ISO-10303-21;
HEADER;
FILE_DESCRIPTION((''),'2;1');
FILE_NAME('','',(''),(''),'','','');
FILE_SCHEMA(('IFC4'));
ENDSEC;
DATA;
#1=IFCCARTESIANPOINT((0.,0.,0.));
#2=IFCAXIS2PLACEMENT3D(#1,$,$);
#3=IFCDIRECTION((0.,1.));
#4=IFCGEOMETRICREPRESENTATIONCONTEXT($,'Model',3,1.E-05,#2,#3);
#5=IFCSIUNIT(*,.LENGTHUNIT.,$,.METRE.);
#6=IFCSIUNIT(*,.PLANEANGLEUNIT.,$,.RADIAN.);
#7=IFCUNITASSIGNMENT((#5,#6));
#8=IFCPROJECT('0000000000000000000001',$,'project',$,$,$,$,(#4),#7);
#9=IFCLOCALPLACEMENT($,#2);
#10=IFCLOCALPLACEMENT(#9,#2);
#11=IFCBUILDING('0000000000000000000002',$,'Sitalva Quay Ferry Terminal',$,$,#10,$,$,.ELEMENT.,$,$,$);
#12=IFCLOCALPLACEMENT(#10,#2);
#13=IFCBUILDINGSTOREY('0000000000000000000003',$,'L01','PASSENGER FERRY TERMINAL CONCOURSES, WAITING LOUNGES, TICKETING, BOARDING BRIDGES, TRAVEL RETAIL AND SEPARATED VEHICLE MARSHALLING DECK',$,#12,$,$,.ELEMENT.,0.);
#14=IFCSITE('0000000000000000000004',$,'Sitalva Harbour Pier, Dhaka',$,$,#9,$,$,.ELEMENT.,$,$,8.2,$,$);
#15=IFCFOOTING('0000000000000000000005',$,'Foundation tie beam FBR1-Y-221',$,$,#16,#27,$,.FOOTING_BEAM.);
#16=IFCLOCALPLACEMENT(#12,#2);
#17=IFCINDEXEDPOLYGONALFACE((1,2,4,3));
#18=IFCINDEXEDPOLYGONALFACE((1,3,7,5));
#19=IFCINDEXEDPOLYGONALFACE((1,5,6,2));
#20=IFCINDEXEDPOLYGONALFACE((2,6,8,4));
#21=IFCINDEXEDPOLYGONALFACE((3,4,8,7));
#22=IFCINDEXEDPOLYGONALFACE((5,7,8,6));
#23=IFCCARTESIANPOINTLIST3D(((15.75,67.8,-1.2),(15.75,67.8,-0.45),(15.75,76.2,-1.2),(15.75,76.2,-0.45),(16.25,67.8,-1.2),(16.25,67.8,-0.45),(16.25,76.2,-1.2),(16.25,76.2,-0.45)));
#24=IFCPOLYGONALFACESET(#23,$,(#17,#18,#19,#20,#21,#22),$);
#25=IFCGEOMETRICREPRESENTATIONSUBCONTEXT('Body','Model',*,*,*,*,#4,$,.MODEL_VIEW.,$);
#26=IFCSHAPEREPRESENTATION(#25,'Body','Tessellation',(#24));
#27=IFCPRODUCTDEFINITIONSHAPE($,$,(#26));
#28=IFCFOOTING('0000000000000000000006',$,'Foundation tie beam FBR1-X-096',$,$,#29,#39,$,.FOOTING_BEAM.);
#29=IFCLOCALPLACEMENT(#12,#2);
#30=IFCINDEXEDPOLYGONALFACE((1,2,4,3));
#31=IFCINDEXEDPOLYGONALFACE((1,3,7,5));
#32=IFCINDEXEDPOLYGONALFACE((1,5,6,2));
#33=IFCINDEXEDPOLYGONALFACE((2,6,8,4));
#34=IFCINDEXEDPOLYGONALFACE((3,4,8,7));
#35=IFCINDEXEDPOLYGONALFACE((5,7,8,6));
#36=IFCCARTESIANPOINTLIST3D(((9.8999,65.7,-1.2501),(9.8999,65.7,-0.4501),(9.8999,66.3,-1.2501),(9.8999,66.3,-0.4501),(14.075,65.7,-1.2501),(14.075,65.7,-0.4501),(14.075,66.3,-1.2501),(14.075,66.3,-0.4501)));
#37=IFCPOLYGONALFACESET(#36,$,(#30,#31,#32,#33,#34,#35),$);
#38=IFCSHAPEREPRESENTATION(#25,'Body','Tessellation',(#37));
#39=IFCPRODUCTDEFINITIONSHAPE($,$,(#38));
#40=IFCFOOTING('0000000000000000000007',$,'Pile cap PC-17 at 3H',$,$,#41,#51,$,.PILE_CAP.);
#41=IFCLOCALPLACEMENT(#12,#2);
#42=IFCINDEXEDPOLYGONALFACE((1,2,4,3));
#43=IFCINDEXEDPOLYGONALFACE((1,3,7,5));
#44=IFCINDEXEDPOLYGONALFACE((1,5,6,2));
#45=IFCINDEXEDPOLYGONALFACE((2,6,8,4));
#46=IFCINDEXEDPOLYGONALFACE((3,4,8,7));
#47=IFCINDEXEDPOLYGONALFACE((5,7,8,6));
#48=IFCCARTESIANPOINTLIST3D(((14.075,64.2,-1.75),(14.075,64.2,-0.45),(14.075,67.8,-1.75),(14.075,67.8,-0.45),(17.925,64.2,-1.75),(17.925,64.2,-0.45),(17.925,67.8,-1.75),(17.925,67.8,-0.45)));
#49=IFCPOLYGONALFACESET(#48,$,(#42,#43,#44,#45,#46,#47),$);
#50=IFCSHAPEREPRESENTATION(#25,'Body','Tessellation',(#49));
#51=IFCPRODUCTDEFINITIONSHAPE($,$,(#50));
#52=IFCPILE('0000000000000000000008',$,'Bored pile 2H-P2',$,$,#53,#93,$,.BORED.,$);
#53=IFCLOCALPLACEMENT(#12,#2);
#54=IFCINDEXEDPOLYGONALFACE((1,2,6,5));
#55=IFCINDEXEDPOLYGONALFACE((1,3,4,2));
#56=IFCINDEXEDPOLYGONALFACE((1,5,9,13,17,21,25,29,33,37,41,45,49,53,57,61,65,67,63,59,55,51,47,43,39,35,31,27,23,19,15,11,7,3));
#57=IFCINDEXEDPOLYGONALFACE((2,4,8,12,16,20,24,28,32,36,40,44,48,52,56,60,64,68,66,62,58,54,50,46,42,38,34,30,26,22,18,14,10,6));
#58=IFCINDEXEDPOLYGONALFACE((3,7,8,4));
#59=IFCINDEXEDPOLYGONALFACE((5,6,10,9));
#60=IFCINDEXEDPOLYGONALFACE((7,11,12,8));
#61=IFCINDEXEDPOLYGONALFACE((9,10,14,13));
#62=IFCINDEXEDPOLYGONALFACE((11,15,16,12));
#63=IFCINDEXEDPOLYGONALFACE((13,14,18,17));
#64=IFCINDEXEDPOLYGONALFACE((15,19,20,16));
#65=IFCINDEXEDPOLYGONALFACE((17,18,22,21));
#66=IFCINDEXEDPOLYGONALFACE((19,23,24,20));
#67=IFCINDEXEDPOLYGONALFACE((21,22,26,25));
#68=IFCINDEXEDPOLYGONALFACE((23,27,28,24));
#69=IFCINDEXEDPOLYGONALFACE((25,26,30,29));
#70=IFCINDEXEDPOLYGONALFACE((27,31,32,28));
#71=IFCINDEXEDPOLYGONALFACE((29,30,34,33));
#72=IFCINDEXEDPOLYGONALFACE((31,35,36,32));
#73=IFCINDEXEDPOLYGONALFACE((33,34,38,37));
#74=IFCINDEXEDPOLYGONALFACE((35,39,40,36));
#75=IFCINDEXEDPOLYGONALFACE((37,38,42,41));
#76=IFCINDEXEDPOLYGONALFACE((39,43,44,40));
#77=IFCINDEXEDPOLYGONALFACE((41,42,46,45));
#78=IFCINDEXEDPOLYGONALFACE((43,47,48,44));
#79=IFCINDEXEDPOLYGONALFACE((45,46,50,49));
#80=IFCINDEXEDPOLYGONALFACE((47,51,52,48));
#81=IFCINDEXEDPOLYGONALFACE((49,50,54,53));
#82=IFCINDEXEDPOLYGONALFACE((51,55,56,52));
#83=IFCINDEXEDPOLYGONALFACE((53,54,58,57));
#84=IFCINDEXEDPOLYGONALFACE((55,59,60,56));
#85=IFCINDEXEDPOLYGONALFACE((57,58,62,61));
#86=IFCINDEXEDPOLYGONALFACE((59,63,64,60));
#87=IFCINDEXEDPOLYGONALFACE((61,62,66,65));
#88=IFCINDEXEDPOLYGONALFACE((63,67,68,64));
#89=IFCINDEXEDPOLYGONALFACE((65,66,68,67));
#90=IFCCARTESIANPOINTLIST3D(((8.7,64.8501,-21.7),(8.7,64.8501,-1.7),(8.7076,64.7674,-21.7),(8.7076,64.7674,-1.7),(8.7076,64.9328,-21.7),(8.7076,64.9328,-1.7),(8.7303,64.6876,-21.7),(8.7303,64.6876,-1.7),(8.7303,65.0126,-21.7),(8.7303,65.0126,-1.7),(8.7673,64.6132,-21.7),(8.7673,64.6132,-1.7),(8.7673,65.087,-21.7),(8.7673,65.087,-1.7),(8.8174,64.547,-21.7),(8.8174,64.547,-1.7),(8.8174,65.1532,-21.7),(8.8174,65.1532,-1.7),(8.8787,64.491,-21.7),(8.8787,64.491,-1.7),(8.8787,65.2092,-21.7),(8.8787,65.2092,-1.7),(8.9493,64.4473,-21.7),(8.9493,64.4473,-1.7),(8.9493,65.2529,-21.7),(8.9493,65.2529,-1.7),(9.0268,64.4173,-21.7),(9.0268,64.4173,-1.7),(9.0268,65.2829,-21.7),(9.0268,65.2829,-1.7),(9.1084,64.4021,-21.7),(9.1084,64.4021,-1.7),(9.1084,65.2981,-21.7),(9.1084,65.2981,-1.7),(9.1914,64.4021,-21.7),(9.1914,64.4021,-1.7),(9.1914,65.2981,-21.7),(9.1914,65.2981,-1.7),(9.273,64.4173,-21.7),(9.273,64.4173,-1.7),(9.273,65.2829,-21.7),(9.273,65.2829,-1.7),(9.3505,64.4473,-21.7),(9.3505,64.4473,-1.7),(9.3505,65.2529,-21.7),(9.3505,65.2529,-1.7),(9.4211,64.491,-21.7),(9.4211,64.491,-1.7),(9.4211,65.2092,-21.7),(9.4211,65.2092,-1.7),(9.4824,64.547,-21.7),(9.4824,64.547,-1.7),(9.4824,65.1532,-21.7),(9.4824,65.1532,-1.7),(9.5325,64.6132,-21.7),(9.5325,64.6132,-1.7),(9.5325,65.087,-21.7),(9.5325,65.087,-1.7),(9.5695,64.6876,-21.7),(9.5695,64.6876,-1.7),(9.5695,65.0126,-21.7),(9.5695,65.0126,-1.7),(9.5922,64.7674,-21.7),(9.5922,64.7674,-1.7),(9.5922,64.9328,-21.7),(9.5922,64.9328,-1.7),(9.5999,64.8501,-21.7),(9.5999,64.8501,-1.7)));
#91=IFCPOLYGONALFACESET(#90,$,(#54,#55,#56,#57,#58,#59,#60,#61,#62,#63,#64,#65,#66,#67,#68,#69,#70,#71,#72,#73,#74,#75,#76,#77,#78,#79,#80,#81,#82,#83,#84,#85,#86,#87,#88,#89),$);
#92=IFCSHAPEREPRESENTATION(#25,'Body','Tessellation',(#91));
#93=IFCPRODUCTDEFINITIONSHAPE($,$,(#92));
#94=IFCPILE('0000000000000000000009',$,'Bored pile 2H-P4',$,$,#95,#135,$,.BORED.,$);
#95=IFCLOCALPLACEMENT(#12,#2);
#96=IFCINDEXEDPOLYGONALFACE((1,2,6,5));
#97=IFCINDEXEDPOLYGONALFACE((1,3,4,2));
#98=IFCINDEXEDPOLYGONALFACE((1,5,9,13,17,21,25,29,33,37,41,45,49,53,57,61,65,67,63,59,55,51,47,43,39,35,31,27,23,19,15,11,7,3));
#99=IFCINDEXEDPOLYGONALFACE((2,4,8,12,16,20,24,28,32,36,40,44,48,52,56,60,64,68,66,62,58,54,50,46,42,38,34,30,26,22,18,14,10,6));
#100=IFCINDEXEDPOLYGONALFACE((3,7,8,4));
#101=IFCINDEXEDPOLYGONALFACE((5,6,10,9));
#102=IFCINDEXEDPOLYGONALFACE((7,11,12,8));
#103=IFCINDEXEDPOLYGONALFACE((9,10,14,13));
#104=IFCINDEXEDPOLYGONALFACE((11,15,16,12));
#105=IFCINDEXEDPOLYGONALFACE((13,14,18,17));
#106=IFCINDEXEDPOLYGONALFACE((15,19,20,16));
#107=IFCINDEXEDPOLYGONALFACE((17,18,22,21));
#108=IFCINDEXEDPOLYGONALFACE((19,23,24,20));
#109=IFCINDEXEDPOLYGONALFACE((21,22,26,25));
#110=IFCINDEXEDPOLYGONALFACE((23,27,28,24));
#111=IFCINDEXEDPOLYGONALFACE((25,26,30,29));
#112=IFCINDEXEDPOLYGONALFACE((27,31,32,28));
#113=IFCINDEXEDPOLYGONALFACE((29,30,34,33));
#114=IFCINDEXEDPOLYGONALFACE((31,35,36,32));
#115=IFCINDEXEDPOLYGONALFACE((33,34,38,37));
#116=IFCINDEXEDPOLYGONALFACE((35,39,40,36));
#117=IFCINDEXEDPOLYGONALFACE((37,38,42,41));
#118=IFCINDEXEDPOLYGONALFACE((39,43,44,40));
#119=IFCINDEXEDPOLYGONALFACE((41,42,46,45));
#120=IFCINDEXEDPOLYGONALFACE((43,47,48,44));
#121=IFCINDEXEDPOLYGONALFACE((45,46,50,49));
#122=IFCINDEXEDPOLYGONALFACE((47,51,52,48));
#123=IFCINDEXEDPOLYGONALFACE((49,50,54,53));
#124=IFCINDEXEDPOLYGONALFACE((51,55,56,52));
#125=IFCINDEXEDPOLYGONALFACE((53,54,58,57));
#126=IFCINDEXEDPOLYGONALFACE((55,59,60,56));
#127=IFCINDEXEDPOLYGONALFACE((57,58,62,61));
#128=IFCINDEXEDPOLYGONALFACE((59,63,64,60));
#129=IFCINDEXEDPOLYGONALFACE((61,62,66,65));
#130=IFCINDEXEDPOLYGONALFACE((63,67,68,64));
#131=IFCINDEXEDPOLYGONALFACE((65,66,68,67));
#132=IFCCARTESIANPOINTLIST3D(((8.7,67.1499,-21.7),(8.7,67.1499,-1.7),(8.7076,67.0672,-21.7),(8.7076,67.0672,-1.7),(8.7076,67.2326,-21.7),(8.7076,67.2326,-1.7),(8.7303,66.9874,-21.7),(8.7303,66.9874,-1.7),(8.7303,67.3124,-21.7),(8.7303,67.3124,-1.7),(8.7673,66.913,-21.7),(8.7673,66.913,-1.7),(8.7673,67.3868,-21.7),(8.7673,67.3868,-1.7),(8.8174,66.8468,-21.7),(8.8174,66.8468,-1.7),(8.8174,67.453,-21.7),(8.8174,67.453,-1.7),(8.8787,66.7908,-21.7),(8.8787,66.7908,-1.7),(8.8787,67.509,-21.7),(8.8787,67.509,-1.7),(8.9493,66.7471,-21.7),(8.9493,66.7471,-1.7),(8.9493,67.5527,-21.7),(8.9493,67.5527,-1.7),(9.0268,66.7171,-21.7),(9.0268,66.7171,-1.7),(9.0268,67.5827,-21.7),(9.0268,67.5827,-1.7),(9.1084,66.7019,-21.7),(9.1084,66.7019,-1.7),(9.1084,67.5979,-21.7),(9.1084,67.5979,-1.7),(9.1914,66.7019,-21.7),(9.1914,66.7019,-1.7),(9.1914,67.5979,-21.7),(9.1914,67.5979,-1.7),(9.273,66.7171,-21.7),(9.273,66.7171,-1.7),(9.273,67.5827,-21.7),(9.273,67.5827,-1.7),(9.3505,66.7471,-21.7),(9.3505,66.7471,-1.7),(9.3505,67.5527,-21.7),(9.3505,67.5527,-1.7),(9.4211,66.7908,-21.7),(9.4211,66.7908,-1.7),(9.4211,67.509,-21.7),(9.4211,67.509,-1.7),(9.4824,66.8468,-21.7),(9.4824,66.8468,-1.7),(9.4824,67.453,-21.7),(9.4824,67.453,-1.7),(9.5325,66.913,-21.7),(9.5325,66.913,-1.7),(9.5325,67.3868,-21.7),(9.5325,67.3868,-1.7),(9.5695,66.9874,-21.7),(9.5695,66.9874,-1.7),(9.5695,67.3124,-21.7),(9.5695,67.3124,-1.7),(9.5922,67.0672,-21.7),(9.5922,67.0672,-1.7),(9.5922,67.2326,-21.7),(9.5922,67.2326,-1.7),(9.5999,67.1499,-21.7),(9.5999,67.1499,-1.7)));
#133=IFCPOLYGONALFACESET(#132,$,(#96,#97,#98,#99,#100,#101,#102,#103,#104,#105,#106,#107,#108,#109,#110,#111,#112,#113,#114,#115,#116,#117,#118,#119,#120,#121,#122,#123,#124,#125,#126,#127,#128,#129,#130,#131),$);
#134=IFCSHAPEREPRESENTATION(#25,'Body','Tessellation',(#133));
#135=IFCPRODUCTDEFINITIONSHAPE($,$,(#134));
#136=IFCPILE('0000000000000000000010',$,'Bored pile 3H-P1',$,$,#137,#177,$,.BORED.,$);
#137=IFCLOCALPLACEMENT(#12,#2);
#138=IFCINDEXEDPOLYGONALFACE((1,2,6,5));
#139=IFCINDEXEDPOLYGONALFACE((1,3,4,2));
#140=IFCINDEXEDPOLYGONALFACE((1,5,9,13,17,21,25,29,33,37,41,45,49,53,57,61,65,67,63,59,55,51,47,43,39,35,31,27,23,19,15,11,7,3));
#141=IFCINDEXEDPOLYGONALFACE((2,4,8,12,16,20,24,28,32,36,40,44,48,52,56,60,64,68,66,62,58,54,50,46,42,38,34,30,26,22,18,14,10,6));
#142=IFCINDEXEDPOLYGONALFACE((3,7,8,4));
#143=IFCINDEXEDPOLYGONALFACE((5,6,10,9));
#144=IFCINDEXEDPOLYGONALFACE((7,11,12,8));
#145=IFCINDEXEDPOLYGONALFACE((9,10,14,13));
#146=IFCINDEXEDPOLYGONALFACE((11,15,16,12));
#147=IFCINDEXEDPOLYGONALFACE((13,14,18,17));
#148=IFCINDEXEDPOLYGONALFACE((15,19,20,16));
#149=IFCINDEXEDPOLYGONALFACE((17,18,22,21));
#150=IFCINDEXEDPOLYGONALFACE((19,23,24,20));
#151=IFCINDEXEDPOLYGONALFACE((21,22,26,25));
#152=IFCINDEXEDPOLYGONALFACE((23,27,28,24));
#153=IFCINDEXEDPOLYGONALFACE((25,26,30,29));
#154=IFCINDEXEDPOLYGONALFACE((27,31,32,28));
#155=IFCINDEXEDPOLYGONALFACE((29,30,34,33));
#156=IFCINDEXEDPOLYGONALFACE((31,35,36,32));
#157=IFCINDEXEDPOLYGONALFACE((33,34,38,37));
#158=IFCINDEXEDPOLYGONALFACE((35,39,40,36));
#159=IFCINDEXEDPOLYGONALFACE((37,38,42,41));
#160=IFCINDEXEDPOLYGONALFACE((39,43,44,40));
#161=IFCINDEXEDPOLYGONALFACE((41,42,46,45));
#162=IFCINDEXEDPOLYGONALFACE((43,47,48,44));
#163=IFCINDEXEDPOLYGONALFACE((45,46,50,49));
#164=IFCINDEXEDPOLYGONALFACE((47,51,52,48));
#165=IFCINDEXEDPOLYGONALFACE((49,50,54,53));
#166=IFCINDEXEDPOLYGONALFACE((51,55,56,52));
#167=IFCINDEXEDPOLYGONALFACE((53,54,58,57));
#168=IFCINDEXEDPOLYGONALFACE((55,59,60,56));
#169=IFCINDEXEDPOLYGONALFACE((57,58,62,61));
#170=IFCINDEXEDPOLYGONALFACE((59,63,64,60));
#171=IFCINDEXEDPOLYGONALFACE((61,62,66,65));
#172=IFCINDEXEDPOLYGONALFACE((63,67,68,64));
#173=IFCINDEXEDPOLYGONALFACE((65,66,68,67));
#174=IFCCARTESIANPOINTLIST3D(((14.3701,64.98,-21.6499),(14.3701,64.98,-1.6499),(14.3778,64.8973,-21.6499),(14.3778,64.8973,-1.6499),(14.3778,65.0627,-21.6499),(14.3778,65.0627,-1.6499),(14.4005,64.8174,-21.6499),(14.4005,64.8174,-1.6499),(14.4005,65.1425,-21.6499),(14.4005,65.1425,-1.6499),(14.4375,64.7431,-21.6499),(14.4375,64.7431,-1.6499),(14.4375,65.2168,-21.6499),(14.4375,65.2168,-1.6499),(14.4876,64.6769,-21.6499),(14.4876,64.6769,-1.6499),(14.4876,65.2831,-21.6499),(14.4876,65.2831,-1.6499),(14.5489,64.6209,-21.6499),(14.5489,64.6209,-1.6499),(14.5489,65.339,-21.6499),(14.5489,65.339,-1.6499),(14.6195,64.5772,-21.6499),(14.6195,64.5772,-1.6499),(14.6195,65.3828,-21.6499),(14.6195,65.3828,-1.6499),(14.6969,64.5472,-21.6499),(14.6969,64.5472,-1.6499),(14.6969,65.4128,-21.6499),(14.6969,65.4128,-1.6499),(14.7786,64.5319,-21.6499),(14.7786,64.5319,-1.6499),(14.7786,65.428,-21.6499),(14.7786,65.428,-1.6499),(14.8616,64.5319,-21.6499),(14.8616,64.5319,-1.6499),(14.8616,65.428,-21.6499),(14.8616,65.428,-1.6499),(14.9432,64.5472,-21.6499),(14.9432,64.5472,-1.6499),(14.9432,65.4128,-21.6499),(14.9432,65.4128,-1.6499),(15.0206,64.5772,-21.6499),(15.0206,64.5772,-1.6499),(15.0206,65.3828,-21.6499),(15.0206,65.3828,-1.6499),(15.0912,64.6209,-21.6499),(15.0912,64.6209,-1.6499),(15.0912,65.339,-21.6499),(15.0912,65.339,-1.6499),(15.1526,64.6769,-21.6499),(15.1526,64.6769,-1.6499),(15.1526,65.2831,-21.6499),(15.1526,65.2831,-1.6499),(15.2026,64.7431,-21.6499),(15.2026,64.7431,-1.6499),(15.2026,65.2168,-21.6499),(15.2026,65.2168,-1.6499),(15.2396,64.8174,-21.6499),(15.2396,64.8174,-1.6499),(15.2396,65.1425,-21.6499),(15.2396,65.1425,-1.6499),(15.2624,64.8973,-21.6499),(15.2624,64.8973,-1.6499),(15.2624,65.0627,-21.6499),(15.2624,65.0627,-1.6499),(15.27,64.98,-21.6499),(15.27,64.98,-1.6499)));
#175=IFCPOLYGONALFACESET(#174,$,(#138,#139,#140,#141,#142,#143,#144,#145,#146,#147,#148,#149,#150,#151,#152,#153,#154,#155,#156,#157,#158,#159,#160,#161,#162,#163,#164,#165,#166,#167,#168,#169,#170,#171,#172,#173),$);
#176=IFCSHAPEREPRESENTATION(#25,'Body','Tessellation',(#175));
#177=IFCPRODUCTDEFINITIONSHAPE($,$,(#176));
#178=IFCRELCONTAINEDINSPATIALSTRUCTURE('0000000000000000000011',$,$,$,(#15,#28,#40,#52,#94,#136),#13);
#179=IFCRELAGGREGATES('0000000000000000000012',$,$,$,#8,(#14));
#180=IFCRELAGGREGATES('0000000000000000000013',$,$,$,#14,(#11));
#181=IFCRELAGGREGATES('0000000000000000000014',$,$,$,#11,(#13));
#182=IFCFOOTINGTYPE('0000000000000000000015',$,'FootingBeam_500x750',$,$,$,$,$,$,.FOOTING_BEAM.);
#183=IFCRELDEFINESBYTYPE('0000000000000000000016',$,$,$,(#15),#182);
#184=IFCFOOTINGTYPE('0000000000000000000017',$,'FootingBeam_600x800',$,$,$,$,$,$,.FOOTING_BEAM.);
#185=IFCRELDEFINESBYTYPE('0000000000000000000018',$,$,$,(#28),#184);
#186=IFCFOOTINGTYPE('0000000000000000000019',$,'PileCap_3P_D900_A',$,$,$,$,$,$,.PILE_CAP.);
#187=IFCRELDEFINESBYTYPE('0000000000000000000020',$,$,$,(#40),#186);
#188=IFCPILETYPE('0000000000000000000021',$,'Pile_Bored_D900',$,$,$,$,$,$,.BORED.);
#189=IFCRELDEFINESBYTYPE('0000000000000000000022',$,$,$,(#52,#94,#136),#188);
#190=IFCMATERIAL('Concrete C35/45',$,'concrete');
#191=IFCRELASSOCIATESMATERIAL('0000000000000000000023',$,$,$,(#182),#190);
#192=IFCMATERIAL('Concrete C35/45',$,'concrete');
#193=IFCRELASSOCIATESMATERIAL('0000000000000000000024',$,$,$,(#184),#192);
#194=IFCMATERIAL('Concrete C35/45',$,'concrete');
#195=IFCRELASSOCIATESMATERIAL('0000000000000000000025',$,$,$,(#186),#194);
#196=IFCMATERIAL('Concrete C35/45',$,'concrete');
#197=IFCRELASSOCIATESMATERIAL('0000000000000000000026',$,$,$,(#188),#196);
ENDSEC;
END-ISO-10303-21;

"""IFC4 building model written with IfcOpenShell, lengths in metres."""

from ifc_helpers import new_model, si_unit, direction, frame, origin, origin_2d, place, context, subcontext, project, spatial, rectangle, circle, extrude, material, material_profile, profile_set, type_object, element, save


model = new_model("IFC4")

# Units and contexts
model_context = context("Model", 3, precision=1e-05, world=origin(), true_north=direction((0.0, 1.0)))
body_context = subcontext(model_context, "Body", "Model", "MODEL_VIEW")
ifc_project = project(units=[si_unit("LENGTHUNIT", "METRE"), si_unit("PLANEANGLEUNIT", "RADIAN")], contexts=[model_context])

# Site, building, storey
site_placement = place(None, origin())
site = spatial("IfcSite", under=ifc_project, at=site_placement, Name="Sitalva Harbour Pier, Dhaka", CompositionType="ELEMENT", RefElevation=8.2)
building_placement = place(site_placement, origin())
building = spatial("IfcBuilding", under=site, at=building_placement, Name="Sitalva Quay Ferry Terminal", CompositionType="ELEMENT")
storey_placement = place(building_placement, origin())
storey = spatial("IfcBuildingStorey", under=building, at=storey_placement, Name="L01", Description="PASSENGER FERRY TERMINAL CONCOURSES, WAITING LOUNGES, TICKETING, BOARDING BRIDGES, TRAVEL RETAIL AND SEPARATED VEHICLE MARSHALLING DECK", CompositionType="ELEMENT", Elevation=0.0)

# Footings
ifc_material_1 = material(Name="Concrete C35/45", Category="concrete")
ifc_material_profile_1 = material_profile(ifc_material_1, rectangle(XDim=0.5, YDim=0.75, at=origin_2d()), Name="RC500x750")
ifc_profile_set_1 = profile_set([ifc_material_profile_1], Name="Concrete C35/45")
footing_type_1 = type_object("IfcFootingType", Name="FootingBeam_500x750", PredefinedType="FOOTING_BEAM", material=ifc_profile_set_1)
footing_1_placement = place(storey_placement, frame((16.0, 67.8, -0.825), z_axis=(0.0, 1.0, 0.0), x_axis=(-1.0, 0.0, 0.0)))
element("IfcFooting", 1, at=footing_1_placement, inside=storey, type_object=footing_type_1, Name="Foundation tie beam FBR1-Y-221", PredefinedType="FOOTING_BEAM", context=body_context, shape_type="SweptSolid", body=[
    extrude(rectangle(XDim=0.5, YDim=0.75, at=origin_2d()), origin(), (0.0, 0.0, 1.0), 8.3999),
])
ifc_material_2 = material(Name="Concrete C35/45", Category="concrete")
ifc_material_profile_2 = material_profile(ifc_material_2, rectangle(XDim=0.6001, YDim=0.8, at=origin_2d()), Name="RC600x800")
ifc_profile_set_2 = profile_set([ifc_material_profile_2], Name="Concrete C35/45")
footing_type_2 = type_object("IfcFootingType", Name="FootingBeam_600x800", PredefinedType="FOOTING_BEAM", material=ifc_profile_set_2)
footing_2_placement = place(storey_placement, frame((9.8999, 66.0, -0.8501), z_axis=(1.0, 0.0, 0.0), x_axis=(0.0, 1.0, 0.0)))
element("IfcFooting", 2, at=footing_2_placement, inside=storey, type_object=footing_type_2, Name="Foundation tie beam FBR1-X-096", PredefinedType="FOOTING_BEAM", context=body_context, shape_type="SweptSolid", body=[
    extrude(rectangle(XDim=0.6001, YDim=0.8, at=origin_2d()), origin(), (0.0, 0.0, 1.0), 4.175),
])
ifc_material_3 = material(Name="Concrete C35/45", Category="concrete")
footing_type_3 = type_object("IfcFootingType", Name="PileCap_3P_D900_A", PredefinedType="PILE_CAP", material=ifc_material_3)
footing_3_placement = place(storey_placement, frame((16.0, 66.0, -1.75), z_axis=(0.0, 0.0, 1.0), x_axis=(1.0, 0.0, 0.0)))
element("IfcFooting", 3, at=footing_3_placement, inside=storey, type_object=footing_type_3, Name="Pile cap PC-17 at 3H", PredefinedType="PILE_CAP", context=body_context, shape_type="SweptSolid", body=[
    extrude(rectangle(XDim=3.8501, YDim=3.6001, at=origin_2d()), origin(), (0.0, 0.0, 1.0), 1.3),
])

# Piles
ifc_material_4 = material(Name="Concrete C35/45", Category="concrete")
ifc_material_profile_3 = material_profile(ifc_material_4, circle(Radius=0.45, at=origin_2d()), Name="PILE-D900")
ifc_profile_set_3 = profile_set([ifc_material_profile_3], Name="Concrete C35/45")
pile_type = type_object("IfcPileType", Name="Pile_Bored_D900", PredefinedType="BORED", material=ifc_profile_set_3)
for number, where, z_axis, x_axis, name in (
    (4, (9.1499, 64.8501, -1.7), (0.0, 0.0, -1.0), (1.0, 0.0, 0.0), "Bored pile 2H-P2"),
    (5, (9.1499, 67.1499, -1.7), (0.0, 0.0, -1.0), (1.0, 0.0, 0.0), "Bored pile 2H-P4"),
    (6, (14.8201, 64.98, -1.6499), (0.0, 0.0, -1.0), (1.0, 0.0, 0.0), "Bored pile 3H-P1"),
):
    element("IfcPile", number, at=place(storey_placement, frame(where, z_axis=z_axis, x_axis=x_axis)), inside=storey, type_object=pile_type, Name=name, PredefinedType="BORED", context=body_context, shape_type="SweptSolid", body=[
        extrude(circle(Radius=0.45, at=origin_2d()), origin(), (0.0, 0.0, 1.0), 20.0),
    ])

save(model, "model.ifc")
